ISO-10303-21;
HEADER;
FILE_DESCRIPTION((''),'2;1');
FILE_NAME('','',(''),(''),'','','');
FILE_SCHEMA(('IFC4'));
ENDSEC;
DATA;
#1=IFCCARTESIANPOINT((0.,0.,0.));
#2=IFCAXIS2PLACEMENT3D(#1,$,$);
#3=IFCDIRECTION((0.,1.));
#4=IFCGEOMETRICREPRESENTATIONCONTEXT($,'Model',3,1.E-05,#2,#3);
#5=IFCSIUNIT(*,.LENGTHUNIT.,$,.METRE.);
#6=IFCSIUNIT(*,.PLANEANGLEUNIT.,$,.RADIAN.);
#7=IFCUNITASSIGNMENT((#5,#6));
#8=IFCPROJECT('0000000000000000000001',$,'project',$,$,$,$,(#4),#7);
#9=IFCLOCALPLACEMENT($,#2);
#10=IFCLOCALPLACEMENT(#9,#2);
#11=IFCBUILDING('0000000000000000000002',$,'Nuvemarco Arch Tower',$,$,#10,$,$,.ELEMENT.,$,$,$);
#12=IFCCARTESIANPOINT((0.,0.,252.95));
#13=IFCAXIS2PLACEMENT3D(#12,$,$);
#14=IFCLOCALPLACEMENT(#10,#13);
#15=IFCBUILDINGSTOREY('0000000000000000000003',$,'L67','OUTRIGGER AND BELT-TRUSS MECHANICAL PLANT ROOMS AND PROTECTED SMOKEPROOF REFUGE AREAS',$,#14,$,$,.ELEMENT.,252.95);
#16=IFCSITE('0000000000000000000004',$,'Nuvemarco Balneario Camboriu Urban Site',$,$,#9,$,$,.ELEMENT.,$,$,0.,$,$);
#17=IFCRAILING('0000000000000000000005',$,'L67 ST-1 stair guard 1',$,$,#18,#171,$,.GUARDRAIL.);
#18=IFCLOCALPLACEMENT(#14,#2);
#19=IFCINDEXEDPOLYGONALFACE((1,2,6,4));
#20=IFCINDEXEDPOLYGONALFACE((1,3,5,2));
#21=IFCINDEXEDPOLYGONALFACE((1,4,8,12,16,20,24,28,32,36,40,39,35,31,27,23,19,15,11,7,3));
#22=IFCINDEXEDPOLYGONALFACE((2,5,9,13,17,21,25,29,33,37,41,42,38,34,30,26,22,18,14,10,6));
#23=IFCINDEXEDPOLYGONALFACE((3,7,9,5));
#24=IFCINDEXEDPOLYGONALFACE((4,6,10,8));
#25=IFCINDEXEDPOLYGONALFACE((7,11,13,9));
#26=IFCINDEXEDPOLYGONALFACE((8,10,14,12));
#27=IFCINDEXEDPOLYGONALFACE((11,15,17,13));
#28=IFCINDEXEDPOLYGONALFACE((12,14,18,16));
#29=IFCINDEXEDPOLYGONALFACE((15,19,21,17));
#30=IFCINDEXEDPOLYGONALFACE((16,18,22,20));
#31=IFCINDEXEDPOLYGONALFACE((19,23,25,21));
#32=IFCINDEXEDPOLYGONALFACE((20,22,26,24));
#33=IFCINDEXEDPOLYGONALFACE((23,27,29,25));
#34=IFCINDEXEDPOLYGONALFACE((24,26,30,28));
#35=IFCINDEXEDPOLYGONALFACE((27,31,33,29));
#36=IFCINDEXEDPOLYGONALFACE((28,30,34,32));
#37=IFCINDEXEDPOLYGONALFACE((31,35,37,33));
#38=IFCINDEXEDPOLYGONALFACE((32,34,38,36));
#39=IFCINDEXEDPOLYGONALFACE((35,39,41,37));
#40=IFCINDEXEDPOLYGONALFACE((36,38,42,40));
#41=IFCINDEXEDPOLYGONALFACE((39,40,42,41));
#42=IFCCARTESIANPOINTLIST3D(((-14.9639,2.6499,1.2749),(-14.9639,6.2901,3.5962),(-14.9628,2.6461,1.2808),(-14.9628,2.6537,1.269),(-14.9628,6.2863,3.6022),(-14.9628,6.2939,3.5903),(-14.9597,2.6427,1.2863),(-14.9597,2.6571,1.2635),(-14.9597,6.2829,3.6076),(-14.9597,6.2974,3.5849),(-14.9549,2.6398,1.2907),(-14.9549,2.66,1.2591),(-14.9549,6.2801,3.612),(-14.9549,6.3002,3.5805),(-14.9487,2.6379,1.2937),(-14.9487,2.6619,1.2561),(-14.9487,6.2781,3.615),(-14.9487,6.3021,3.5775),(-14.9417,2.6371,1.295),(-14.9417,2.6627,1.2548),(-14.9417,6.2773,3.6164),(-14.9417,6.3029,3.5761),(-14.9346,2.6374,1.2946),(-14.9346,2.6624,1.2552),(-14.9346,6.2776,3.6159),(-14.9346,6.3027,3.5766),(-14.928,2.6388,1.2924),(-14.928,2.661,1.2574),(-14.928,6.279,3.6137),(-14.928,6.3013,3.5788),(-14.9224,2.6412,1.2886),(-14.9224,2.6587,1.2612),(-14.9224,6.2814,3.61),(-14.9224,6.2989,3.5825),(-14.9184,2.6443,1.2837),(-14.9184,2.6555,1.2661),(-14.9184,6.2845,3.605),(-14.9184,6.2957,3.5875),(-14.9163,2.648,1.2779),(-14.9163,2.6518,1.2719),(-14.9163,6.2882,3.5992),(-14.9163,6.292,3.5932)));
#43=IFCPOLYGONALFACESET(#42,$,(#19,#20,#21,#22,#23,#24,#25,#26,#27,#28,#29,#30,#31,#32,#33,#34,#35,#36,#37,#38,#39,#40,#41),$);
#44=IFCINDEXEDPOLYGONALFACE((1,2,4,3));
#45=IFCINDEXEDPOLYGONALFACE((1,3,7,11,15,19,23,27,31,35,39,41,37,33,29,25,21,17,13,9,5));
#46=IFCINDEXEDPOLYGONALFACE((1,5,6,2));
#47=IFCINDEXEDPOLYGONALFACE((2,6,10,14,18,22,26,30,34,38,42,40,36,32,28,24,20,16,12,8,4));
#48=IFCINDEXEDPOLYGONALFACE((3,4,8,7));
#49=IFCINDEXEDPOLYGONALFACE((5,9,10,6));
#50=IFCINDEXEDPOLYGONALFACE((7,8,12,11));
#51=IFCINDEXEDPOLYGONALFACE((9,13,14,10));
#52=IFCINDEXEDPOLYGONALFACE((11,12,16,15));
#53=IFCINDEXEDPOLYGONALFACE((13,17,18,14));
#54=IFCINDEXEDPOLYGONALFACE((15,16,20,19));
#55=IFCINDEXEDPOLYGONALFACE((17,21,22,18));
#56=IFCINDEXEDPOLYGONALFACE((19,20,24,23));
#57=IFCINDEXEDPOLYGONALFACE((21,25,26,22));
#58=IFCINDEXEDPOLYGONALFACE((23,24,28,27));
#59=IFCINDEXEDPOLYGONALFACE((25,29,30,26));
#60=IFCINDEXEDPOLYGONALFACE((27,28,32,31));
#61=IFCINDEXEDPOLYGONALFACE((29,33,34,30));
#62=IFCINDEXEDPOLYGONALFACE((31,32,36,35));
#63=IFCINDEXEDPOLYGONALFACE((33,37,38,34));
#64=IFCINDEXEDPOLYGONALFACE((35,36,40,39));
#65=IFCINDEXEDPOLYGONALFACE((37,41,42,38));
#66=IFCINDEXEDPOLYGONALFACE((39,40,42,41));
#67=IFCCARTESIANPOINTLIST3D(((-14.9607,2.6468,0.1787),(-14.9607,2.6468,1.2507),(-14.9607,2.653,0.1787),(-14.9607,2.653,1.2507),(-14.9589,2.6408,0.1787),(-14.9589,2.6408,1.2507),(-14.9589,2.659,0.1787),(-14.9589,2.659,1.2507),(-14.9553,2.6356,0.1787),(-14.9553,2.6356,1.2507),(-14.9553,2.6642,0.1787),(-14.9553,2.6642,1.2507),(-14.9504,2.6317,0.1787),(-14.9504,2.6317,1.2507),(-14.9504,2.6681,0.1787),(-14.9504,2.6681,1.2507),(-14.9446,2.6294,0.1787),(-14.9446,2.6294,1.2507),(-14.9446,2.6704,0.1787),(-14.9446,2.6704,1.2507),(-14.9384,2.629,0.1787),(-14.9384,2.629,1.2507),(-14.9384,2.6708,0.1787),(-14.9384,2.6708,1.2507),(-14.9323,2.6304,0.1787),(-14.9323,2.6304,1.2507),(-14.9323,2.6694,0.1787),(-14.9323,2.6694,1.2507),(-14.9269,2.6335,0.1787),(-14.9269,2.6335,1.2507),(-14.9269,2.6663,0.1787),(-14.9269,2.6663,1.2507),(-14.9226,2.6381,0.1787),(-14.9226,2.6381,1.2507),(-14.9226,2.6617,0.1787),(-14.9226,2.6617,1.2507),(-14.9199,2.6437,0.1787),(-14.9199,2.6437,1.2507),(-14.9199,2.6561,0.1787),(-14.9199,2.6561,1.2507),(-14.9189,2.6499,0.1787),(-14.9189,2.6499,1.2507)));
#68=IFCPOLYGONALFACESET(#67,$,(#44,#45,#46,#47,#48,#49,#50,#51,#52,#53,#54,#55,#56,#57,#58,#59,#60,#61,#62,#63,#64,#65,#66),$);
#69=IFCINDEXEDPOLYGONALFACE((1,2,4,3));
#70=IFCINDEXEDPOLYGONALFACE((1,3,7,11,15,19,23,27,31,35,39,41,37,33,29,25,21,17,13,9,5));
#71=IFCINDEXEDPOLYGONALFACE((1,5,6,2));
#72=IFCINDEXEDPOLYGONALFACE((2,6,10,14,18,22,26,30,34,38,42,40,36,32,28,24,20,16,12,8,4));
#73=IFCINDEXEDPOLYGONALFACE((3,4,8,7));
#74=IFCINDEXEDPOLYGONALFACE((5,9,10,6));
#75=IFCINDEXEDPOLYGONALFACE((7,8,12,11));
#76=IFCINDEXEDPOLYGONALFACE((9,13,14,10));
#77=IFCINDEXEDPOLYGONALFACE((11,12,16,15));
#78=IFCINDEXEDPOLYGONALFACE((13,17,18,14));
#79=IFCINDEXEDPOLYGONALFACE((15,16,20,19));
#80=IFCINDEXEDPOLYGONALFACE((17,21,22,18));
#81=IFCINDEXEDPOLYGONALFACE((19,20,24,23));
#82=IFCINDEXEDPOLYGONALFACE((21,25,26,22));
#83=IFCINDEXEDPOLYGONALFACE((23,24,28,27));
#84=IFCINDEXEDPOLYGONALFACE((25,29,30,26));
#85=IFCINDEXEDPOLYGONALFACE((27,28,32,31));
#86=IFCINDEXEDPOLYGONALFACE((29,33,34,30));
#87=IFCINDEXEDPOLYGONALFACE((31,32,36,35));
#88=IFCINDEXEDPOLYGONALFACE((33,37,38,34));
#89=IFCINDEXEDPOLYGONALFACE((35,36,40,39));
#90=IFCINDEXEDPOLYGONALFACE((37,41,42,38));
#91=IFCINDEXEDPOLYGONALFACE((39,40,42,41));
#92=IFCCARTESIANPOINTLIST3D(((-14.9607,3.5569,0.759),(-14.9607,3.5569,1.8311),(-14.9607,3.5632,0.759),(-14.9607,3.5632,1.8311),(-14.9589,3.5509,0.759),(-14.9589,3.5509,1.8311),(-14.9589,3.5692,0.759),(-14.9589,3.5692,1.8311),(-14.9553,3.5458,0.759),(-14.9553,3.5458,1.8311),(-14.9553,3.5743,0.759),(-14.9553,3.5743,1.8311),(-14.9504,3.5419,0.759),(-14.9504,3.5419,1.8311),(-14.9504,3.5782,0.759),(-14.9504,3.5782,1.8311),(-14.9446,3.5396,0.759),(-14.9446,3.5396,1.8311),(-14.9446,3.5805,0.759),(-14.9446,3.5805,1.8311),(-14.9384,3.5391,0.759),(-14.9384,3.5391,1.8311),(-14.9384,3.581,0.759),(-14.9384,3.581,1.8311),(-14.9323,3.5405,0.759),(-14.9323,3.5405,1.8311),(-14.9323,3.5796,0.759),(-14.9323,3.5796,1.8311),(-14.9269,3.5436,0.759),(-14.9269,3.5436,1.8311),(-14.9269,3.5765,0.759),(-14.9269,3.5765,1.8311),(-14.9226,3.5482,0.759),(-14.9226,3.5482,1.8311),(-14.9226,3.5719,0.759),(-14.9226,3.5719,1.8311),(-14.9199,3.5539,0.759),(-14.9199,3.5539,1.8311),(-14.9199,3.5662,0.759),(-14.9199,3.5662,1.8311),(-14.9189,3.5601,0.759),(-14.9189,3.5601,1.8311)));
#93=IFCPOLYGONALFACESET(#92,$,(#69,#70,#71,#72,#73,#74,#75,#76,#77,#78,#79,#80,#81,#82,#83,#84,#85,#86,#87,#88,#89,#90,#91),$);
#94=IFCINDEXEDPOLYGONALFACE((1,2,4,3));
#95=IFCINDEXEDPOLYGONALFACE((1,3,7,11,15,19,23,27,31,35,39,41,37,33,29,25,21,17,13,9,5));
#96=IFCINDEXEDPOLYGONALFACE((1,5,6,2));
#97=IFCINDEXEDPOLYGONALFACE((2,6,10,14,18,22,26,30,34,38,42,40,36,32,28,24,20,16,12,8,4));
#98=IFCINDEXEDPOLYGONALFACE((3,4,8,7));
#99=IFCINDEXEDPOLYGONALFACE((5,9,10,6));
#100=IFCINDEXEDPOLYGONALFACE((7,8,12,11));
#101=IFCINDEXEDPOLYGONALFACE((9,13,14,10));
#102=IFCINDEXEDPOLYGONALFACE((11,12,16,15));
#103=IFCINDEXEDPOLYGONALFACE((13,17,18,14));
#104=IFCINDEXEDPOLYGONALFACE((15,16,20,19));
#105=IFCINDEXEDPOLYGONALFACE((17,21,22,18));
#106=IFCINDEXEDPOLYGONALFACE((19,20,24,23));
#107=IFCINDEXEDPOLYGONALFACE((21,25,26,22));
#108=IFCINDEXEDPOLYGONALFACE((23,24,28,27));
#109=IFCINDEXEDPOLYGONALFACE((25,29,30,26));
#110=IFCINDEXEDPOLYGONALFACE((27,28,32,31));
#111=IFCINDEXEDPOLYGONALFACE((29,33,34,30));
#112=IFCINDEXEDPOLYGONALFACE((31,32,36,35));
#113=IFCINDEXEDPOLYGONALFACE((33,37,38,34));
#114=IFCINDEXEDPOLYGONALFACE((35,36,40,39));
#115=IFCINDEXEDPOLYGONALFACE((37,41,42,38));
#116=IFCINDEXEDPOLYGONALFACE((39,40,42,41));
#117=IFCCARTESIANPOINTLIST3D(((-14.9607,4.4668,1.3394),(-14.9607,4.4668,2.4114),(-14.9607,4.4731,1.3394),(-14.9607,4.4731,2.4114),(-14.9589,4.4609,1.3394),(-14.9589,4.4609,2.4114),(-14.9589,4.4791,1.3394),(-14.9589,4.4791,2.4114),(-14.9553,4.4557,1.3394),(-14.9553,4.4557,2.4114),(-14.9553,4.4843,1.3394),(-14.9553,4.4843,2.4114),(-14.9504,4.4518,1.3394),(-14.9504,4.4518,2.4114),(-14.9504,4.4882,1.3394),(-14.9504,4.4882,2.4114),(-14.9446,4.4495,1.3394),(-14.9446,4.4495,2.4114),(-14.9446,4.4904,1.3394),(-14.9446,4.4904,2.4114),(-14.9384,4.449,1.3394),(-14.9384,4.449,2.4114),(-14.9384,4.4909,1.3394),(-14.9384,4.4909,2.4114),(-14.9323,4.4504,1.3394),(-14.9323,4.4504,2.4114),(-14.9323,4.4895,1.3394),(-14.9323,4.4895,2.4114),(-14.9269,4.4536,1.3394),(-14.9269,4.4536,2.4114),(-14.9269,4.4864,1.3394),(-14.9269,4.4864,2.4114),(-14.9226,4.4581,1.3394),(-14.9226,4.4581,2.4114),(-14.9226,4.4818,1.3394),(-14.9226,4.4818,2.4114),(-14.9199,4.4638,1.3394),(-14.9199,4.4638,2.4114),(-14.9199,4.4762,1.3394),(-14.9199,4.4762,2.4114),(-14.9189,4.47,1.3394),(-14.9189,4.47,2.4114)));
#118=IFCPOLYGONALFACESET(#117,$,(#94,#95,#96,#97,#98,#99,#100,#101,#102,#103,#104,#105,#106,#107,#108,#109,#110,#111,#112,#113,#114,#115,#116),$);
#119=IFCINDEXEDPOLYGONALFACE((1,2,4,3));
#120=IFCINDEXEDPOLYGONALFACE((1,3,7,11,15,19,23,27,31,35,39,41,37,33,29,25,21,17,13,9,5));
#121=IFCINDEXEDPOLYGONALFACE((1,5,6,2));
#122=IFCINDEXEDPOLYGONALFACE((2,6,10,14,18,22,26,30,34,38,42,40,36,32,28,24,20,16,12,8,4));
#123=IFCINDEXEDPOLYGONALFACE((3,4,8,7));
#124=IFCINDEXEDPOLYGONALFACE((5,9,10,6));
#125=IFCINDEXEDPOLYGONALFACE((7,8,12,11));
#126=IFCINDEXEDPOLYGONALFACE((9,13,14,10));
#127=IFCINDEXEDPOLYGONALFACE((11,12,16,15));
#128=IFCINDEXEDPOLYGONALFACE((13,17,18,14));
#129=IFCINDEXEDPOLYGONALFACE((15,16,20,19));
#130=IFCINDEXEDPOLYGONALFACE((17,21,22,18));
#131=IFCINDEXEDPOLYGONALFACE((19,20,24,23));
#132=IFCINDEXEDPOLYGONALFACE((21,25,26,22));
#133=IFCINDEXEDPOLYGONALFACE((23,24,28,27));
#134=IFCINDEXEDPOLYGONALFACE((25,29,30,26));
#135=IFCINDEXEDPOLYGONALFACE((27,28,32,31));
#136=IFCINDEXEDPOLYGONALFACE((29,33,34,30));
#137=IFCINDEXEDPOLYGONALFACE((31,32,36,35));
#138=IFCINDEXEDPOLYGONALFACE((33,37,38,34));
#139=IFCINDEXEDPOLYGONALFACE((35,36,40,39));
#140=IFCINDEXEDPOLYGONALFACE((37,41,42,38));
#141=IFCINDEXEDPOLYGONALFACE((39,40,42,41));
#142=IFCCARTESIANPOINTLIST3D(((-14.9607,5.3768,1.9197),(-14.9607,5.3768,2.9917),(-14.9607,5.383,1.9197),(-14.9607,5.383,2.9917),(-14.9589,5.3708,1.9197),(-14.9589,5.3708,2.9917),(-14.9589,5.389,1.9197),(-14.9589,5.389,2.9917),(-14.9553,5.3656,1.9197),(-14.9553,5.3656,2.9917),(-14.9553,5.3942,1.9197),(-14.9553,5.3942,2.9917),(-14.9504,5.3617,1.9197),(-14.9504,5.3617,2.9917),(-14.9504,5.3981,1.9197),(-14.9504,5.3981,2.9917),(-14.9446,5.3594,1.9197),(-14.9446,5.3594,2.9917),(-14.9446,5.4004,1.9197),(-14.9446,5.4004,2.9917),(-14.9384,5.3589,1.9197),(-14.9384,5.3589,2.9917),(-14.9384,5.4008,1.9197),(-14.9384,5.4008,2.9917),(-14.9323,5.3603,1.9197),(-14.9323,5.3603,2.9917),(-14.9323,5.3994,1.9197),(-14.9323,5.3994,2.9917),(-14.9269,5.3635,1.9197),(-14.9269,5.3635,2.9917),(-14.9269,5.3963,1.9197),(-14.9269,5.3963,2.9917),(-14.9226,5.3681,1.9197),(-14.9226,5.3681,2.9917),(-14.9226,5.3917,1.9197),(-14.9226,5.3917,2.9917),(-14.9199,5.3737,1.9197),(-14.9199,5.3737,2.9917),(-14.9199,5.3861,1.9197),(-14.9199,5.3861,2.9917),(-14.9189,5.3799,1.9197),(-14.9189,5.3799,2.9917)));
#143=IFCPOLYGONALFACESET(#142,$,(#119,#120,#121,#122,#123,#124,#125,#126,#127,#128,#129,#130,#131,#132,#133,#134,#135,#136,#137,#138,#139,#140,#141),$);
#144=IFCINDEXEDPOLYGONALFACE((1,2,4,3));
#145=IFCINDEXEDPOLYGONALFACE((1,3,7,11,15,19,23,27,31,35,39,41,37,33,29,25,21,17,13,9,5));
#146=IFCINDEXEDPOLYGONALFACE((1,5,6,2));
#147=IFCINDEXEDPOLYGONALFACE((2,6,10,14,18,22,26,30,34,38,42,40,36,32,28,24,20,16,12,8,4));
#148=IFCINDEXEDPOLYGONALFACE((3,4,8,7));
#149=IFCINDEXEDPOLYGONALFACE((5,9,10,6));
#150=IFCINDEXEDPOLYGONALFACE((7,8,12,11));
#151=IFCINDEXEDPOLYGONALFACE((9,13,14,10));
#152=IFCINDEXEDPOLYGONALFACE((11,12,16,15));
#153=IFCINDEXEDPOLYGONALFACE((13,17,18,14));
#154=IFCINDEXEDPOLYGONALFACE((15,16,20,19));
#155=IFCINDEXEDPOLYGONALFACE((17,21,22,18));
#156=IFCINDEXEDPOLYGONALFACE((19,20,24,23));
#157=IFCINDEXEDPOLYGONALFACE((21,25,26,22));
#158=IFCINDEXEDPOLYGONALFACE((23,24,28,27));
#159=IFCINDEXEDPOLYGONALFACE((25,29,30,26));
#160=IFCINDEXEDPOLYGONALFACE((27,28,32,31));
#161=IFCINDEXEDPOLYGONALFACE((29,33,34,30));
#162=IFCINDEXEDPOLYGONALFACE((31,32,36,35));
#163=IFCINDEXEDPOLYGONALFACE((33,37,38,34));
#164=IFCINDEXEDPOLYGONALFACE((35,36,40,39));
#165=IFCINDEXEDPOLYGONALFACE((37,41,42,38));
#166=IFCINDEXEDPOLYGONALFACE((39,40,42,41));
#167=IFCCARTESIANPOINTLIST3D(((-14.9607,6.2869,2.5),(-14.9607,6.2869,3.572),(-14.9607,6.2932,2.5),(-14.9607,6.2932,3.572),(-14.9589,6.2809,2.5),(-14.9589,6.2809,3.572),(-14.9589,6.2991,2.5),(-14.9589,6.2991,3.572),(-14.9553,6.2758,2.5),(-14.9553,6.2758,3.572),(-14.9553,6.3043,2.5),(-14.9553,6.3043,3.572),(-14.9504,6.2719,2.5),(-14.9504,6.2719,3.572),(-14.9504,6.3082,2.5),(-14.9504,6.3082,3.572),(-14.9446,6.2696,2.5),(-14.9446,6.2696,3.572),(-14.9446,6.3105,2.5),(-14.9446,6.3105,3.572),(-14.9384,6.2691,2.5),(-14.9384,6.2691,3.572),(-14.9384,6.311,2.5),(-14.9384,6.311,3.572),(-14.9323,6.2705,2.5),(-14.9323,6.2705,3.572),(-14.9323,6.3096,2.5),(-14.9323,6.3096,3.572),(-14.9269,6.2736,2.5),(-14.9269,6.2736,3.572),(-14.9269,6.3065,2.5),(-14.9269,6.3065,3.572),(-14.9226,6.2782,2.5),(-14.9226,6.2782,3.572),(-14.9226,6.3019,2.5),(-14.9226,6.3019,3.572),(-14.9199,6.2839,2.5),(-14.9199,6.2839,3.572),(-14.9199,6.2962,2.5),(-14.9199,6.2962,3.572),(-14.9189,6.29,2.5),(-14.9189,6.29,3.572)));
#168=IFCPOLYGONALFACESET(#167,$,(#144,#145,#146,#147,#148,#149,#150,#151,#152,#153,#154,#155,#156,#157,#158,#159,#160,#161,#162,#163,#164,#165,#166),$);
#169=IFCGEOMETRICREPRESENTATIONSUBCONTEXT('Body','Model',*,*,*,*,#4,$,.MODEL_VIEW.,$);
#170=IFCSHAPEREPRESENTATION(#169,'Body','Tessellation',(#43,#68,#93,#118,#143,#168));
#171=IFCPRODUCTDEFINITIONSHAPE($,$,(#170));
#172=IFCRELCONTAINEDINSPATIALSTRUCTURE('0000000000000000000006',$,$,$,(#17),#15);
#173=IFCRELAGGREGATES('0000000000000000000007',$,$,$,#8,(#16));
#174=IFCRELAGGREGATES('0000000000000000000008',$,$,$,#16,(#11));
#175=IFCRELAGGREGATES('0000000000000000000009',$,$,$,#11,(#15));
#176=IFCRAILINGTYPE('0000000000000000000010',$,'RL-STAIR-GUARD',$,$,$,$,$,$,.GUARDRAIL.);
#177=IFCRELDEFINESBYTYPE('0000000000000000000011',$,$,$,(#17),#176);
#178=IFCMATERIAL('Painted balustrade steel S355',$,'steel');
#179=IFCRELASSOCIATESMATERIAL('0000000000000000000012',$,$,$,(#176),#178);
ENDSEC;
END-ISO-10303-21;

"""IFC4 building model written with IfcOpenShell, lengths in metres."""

from ifc_helpers import new_model, si_unit, direction, frame, origin, origin_2d, place, context, subcontext, project, spatial, circle, extrude, material, type_object, element, save


model = new_model("IFC4")

# Units and contexts
model_context = context("Model", 3, precision=1e-05, world=origin(), true_north=direction((0.0, 1.0)))
body_context = subcontext(model_context, "Body", "Model", "MODEL_VIEW")
ifc_project = project(units=[si_unit("LENGTHUNIT", "METRE"), si_unit("PLANEANGLEUNIT", "RADIAN")], contexts=[model_context])

# Site, building, storey
site_placement = place(None, origin())
site = spatial("IfcSite", under=ifc_project, at=site_placement, Name="Nuvemarco Balneario Camboriu Urban Site", CompositionType="ELEMENT", RefElevation=0.0)
building_placement = place(site_placement, origin())
building = spatial("IfcBuilding", under=site, at=building_placement, Name="Nuvemarco Arch Tower", CompositionType="ELEMENT")
storey_placement = place(building_placement, frame((0.0, 0.0, 252.95)))
storey = spatial("IfcBuildingStorey", under=building, at=storey_placement, Name="L67", Description="OUTRIGGER AND BELT-TRUSS MECHANICAL PLANT ROOMS AND PROTECTED SMOKEPROOF REFUGE AREAS", CompositionType="ELEMENT", Elevation=252.95)

# Railing
ifc_material_1 = material(Name="Painted balustrade steel S355", Category="steel")
railing_type_1 = type_object("IfcRailingType", Name="RL-STAIR-GUARD", PredefinedType="GUARDRAIL", material=ifc_material_1)
railing_1_placement = place(storey_placement, frame((-14.9399, 2.6499, 0.1787)))
element("IfcRailing", 1, at=railing_1_placement, inside=storey, type_object=railing_type_1, Name="L67 ST-1 stair guard 1", PredefinedType="GUARDRAIL", context=body_context, shape_type="SweptSolid", body=[
    extrude(circle(Radius=0.0239, at=origin_2d()), frame((0.0, 0.0, 1.0962), z_axis=(0.0, 0.843153, 0.537673), x_axis=(-1.0, 0.0, 0.0)), (0.0, 0.0, 1.0), 4.3174),
    extrude(circle(Radius=0.021, at=origin_2d()), origin(), (0.0, 0.0, 1.0), 1.072),
    extrude(circle(Radius=0.021, at=origin_2d()), frame((0.0, 0.9102, 0.5803)), (0.0, 0.0, 1.0), 1.072),
    extrude(circle(Radius=0.021, at=origin_2d()), frame((0.0, 1.8201, 1.1606)), (0.0, 0.0, 1.0), 1.072),
    extrude(circle(Radius=0.021, at=origin_2d()), frame((0.0, 2.73, 1.741)), (0.0, 0.0, 1.0), 1.072),
    extrude(circle(Radius=0.021, at=origin_2d()), frame((0.0, 3.6401, 2.3213)), (0.0, 0.0, 1.0), 1.072),
])

save(model, "model.ifc")
